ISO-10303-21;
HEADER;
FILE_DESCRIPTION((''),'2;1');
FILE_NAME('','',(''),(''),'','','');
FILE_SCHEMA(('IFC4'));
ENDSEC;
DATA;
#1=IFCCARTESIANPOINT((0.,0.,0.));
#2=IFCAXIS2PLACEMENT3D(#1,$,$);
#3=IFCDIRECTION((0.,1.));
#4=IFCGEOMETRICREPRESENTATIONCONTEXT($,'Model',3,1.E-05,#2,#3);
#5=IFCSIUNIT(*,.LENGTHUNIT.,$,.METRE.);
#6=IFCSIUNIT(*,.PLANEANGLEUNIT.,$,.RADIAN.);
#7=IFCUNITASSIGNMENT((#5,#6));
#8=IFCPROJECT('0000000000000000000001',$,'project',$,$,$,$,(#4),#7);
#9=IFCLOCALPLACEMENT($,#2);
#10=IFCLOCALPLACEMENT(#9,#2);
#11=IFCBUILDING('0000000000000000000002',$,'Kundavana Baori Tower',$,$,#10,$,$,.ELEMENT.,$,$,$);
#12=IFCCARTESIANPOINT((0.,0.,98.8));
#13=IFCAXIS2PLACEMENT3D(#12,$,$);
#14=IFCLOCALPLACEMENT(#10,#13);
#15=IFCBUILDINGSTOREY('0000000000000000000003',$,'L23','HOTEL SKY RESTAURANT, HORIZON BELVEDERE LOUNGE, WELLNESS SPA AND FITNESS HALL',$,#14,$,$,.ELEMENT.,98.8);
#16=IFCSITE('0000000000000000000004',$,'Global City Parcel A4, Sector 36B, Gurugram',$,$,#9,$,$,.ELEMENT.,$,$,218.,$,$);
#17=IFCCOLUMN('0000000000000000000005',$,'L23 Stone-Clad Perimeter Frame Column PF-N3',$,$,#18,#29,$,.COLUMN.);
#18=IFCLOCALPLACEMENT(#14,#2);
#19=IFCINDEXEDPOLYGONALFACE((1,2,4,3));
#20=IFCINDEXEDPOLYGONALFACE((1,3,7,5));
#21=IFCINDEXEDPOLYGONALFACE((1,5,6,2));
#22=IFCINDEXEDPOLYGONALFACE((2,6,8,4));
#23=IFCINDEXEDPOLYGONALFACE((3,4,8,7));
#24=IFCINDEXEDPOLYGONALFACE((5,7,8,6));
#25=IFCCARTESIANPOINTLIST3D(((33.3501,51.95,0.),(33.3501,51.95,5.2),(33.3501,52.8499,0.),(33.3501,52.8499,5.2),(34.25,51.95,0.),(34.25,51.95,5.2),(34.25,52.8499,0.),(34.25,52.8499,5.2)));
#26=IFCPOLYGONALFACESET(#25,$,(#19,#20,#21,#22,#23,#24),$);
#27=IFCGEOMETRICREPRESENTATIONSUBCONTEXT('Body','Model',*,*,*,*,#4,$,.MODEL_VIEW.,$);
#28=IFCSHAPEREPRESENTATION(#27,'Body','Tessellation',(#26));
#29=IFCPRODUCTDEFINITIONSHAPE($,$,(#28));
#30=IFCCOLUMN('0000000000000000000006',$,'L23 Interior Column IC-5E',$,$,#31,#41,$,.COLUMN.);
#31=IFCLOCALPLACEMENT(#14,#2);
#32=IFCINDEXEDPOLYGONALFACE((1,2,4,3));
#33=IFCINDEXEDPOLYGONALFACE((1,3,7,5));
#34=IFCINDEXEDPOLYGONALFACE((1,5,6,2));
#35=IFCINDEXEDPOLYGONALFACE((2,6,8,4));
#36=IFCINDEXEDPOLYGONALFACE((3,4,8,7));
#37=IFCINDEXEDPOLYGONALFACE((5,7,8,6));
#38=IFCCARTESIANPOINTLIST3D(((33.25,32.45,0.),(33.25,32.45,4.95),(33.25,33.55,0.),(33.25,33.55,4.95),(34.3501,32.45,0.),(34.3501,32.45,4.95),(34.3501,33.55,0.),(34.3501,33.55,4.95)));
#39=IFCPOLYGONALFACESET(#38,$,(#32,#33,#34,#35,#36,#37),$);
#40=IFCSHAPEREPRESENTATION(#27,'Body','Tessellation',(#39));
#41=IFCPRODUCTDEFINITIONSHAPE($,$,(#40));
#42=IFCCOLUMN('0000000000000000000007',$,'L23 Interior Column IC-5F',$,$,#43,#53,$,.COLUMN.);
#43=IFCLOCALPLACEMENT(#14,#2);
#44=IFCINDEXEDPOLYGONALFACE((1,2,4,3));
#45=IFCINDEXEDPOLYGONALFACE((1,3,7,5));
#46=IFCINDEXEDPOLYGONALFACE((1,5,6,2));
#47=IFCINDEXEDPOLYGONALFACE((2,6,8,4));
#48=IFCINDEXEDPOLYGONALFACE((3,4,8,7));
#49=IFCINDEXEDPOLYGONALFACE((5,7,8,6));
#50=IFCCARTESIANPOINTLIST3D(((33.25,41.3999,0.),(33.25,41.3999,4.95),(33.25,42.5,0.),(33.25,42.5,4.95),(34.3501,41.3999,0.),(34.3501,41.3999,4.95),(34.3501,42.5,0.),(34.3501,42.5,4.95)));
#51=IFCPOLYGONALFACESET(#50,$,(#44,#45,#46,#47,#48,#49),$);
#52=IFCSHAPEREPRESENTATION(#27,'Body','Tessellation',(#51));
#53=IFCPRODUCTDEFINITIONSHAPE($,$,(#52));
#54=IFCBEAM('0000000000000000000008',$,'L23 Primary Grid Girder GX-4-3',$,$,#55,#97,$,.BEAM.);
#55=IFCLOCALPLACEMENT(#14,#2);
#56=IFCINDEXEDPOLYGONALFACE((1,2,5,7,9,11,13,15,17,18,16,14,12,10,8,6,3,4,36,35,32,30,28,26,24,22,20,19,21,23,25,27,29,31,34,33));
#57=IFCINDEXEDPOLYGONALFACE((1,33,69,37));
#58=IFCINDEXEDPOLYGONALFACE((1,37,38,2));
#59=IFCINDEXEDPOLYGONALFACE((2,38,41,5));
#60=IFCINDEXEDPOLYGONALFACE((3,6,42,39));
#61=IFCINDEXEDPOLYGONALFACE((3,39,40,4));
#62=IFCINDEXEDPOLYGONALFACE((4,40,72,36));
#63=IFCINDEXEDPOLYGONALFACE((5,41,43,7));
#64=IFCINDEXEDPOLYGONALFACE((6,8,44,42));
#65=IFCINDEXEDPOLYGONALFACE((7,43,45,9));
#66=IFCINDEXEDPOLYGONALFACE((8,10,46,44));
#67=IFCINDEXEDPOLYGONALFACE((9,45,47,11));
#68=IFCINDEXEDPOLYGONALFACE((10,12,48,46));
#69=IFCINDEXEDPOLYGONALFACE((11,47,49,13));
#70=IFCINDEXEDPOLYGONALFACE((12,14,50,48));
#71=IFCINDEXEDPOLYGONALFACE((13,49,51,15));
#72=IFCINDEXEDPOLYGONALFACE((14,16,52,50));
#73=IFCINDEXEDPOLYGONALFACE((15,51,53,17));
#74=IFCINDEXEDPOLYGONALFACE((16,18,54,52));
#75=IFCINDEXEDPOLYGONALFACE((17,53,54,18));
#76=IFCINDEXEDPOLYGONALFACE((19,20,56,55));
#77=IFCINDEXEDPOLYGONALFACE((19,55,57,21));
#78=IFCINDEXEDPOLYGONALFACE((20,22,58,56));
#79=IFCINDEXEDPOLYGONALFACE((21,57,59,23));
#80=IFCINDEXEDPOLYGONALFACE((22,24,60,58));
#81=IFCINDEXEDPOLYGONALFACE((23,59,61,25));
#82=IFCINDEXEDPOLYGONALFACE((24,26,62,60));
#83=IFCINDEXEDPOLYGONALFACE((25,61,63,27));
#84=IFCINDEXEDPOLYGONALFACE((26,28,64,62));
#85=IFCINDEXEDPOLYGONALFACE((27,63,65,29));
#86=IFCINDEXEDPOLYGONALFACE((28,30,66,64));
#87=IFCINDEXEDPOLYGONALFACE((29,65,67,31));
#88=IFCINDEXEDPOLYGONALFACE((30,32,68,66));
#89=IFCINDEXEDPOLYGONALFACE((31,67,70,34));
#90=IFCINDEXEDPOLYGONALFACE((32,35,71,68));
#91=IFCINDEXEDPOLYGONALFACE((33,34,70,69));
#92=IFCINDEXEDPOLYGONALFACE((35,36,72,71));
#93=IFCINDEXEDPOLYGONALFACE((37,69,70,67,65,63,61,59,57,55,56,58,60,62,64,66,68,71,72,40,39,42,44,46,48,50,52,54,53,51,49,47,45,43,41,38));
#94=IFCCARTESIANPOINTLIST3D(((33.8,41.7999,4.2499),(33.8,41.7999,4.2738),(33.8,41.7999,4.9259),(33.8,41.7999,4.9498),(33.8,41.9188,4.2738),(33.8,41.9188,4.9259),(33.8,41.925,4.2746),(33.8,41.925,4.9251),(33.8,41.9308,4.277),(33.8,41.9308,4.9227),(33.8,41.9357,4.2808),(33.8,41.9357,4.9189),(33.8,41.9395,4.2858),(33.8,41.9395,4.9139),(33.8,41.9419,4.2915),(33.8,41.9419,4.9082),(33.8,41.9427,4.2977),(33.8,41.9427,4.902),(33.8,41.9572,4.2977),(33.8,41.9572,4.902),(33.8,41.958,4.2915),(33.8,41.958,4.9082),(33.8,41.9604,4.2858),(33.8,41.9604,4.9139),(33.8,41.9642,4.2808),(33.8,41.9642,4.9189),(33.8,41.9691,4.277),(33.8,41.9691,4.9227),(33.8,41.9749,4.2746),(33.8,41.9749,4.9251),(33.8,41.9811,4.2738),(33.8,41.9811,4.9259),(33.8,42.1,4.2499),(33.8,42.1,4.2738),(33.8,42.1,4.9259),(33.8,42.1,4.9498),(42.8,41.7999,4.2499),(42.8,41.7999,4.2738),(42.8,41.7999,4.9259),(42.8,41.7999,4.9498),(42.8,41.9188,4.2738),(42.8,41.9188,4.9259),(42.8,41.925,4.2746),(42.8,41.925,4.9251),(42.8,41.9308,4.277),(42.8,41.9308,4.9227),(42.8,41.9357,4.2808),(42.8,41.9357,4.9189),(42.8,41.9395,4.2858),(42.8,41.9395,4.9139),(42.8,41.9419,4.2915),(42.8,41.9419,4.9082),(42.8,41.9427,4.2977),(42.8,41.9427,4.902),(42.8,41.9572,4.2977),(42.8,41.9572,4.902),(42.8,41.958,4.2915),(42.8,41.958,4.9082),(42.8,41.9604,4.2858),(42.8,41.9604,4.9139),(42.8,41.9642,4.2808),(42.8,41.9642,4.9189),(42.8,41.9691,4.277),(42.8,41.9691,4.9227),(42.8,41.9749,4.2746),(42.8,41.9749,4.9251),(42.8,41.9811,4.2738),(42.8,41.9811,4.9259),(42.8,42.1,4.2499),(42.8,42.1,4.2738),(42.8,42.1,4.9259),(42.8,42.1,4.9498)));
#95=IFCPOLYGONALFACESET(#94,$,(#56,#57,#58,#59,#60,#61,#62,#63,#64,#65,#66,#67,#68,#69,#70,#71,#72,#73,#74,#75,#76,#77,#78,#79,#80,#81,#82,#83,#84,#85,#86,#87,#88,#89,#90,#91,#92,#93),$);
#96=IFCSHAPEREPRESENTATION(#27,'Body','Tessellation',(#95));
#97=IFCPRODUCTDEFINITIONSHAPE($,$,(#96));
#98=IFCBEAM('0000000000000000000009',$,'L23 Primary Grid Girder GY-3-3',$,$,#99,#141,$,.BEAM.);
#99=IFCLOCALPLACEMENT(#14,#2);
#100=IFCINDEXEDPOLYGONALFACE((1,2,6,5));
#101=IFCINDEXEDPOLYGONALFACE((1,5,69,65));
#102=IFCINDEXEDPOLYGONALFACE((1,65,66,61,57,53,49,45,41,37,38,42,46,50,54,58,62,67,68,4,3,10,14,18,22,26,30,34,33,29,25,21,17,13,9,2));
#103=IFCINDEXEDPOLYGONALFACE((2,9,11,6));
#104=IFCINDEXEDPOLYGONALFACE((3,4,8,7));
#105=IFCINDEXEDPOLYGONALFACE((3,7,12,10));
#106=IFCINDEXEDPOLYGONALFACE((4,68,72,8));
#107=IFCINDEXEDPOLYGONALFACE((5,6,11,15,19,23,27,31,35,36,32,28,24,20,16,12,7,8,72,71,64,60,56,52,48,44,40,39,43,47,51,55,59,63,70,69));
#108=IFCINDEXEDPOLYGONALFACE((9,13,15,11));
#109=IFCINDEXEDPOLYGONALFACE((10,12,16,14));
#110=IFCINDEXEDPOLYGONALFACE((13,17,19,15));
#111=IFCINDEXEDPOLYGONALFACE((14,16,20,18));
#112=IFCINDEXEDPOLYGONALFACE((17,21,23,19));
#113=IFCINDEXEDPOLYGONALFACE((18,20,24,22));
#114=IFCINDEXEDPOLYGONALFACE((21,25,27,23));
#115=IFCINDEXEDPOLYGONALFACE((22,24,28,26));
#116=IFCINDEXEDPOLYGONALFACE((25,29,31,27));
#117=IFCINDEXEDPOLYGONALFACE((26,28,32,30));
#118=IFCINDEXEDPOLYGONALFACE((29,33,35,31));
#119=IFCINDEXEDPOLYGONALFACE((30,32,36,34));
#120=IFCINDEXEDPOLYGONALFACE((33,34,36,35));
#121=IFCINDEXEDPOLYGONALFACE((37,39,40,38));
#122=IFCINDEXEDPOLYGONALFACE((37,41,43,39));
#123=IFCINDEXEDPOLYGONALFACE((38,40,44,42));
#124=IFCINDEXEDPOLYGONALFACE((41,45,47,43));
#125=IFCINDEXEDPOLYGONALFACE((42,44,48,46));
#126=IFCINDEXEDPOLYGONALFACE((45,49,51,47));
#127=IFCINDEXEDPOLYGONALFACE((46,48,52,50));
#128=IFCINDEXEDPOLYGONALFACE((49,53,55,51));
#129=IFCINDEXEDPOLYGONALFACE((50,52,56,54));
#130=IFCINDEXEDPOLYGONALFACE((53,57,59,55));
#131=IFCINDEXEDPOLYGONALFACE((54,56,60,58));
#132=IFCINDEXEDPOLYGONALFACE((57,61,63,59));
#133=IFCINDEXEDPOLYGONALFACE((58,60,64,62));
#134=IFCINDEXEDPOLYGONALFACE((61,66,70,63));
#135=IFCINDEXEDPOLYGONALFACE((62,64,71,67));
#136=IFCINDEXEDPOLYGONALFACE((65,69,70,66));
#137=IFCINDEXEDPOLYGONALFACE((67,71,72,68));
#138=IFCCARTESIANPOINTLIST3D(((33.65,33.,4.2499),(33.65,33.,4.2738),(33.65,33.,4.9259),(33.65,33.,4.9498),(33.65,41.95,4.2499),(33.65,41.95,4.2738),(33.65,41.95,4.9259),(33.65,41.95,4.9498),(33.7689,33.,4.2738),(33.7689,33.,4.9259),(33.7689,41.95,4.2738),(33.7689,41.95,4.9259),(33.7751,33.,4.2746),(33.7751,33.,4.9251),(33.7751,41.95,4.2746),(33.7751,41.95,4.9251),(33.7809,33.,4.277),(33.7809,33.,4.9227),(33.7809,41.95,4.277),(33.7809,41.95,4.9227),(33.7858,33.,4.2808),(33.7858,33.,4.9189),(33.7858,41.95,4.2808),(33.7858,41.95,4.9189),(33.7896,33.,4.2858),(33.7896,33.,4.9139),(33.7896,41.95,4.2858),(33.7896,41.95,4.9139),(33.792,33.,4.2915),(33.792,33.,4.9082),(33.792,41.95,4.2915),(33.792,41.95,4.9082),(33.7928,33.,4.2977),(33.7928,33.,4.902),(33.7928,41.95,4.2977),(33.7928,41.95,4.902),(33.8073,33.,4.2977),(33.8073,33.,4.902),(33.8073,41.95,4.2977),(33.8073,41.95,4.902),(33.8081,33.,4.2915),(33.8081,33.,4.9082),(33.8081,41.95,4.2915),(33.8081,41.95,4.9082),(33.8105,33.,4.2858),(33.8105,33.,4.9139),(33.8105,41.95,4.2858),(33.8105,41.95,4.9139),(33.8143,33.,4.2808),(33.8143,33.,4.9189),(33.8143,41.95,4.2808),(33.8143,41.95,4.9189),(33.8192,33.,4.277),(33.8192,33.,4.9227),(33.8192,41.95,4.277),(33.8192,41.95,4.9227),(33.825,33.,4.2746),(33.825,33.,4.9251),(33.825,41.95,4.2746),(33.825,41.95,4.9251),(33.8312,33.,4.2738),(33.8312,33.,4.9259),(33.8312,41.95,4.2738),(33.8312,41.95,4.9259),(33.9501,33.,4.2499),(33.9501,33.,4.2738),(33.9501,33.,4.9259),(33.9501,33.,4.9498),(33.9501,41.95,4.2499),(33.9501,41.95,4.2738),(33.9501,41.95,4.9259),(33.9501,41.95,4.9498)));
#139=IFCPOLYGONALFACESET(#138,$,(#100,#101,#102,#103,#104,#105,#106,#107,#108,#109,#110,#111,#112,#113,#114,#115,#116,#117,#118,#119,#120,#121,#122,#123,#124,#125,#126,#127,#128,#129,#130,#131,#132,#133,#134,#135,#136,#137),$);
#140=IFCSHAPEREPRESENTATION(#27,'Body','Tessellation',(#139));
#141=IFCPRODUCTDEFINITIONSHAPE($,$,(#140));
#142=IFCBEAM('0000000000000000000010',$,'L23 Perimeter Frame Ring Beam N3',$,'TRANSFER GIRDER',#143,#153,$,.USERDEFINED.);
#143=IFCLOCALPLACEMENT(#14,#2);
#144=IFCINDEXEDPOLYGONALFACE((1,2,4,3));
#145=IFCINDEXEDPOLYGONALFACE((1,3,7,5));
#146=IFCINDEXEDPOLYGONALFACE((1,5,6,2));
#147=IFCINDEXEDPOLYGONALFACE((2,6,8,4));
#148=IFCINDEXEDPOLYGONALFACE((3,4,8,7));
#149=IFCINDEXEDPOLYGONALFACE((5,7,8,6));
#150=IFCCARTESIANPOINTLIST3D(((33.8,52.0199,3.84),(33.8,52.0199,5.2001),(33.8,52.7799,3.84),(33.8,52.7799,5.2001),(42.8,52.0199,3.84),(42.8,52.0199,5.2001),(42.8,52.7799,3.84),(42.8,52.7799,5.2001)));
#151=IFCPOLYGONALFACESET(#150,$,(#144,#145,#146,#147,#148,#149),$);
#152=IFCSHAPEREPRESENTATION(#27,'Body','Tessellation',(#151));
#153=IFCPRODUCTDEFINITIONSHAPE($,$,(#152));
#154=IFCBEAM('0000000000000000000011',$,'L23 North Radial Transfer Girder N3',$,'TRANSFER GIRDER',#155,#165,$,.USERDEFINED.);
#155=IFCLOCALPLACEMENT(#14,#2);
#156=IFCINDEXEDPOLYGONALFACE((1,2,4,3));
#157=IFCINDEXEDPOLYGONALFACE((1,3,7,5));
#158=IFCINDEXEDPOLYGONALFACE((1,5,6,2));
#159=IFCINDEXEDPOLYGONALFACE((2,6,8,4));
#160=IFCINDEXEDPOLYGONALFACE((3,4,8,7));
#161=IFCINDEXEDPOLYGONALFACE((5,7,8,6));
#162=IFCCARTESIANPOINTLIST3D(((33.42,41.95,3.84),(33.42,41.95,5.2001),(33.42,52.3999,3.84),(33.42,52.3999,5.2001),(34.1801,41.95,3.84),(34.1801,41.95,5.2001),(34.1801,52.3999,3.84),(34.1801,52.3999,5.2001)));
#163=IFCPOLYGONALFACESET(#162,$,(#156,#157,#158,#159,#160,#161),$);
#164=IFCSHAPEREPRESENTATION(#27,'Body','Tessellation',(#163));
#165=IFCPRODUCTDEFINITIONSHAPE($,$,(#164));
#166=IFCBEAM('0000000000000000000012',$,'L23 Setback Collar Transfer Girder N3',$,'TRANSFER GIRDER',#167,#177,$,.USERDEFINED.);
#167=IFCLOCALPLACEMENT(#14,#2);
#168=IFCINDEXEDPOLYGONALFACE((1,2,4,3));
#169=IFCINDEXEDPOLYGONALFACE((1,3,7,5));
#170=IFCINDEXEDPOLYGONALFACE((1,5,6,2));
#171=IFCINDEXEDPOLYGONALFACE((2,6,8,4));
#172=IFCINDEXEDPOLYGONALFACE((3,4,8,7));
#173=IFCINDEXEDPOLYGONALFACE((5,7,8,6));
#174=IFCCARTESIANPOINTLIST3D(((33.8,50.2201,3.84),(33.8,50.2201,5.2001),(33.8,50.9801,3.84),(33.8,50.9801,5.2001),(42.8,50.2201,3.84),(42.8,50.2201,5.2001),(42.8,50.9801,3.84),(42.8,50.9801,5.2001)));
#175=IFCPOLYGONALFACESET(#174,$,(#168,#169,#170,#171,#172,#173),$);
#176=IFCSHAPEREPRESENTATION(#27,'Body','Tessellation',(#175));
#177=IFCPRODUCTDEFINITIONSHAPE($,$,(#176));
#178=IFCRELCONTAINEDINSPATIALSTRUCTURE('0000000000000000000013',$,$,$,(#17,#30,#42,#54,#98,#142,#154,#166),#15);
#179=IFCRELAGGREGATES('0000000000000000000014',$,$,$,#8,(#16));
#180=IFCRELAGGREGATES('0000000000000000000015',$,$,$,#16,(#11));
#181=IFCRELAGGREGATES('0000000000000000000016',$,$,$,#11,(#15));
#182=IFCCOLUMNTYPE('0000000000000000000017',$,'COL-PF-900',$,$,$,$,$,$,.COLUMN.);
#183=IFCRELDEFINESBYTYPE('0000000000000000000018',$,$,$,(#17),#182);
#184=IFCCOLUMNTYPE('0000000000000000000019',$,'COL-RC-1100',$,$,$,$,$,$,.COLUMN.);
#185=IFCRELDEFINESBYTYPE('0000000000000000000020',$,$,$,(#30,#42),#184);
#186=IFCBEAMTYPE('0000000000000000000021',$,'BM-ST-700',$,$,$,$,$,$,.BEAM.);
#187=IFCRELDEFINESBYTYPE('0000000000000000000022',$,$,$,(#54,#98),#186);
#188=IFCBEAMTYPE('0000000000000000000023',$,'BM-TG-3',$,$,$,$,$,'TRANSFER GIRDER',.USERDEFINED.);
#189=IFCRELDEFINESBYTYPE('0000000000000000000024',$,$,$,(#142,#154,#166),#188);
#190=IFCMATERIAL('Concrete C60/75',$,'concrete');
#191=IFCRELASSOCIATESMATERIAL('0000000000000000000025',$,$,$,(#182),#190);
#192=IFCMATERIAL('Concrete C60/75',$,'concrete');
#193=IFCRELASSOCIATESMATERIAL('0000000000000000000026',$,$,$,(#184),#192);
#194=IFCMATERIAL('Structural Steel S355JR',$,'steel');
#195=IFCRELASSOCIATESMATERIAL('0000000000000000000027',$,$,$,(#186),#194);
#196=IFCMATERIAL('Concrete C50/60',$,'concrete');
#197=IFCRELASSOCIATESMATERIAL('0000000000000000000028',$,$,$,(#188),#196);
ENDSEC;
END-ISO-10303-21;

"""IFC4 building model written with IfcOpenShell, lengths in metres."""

from ifc_helpers import new_model, si_unit, direction, frame, origin, origin_2d, place, context, subcontext, project, spatial, rectangle, i_section, extrude, material, material_profile, profile_set, type_object, element, save


model = new_model("IFC4")

# Units and contexts
model_context = context("Model", 3, precision=1e-05, world=origin(), true_north=direction((0.0, 1.0)))
body_context = subcontext(model_context, "Body", "Model", "MODEL_VIEW")
ifc_project = project(units=[si_unit("LENGTHUNIT", "METRE"), si_unit("PLANEANGLEUNIT", "RADIAN")], contexts=[model_context])

# Site, building, storey
site_placement = place(None, origin())
site = spatial("IfcSite", under=ifc_project, at=site_placement, Name="Global City Parcel A4, Sector 36B, Gurugram", CompositionType="ELEMENT", RefElevation=218.0)
building_placement = place(site_placement, origin())
building = spatial("IfcBuilding", under=site, at=building_placement, Name="Kundavana Baori Tower", CompositionType="ELEMENT")
storey_placement = place(building_placement, frame((0.0, 0.0, 98.8)))
storey = spatial("IfcBuildingStorey", under=building, at=storey_placement, Name="L23", Description="HOTEL SKY RESTAURANT, HORIZON BELVEDERE LOUNGE, WELLNESS SPA AND FITNESS HALL", CompositionType="ELEMENT", Elevation=98.8)

# Columns
ifc_material_1 = material(Name="Concrete C60/75", Category="concrete")
ifc_material_profile_1 = material_profile(ifc_material_1, rectangle(XDim=0.8999, YDim=0.8999, at=origin_2d()), Name="RC PF 900x900")
ifc_profile_set_1 = profile_set([ifc_material_profile_1], Name="Concrete C60/75")
column_type_1 = type_object("IfcColumnType", Name="COL-PF-900", PredefinedType="COLUMN", material=ifc_profile_set_1)
column_placement = place(storey_placement, frame((33.8, 52.3999, 0.0), z_axis=(0.0, 0.0, 1.0), x_axis=(1.0, 0.0, 0.0)))
element("IfcColumn", 1, at=column_placement, inside=storey, type_object=column_type_1, Name="L23 Stone-Clad Perimeter Frame Column PF-N3", PredefinedType="COLUMN", context=body_context, shape_type="SweptSolid", body=[
    extrude(rectangle(XDim=0.8999, YDim=0.8999, at=origin_2d()), origin(), (0.0, 0.0, 1.0), 5.2),
])
ifc_material_2 = material(Name="Concrete C60/75", Category="concrete")
ifc_material_profile_2 = material_profile(ifc_material_2, rectangle(XDim=1.1001, YDim=1.1001, at=origin_2d()), Name="RC 1100x1100")
ifc_profile_set_2 = profile_set([ifc_material_profile_2], Name="Concrete C60/75")
column_type_2 = type_object("IfcColumnType", Name="COL-RC-1100", PredefinedType="COLUMN", material=ifc_profile_set_2)
for number, where, z_axis, x_axis, name in (
    (2, (33.8, 33.0, 0.0), (0.0, 0.0, 1.0), (1.0, 0.0, 0.0), "L23 Interior Column IC-5E"),
    (3, (33.8, 41.95, 0.0), (0.0, 0.0, 1.0), (1.0, 0.0, 0.0), "L23 Interior Column IC-5F"),
):
    element("IfcColumn", number, at=place(storey_placement, frame(where, z_axis=z_axis, x_axis=x_axis)), inside=storey, type_object=column_type_2, Name=name, PredefinedType="COLUMN", context=body_context, shape_type="SweptSolid", body=[
        extrude(rectangle(XDim=1.1001, YDim=1.1001, at=origin_2d()), origin(), (0.0, 0.0, 1.0), 4.95),
    ])

# Beams
ifc_material_3 = material(Name="Structural Steel S355JR", Category="steel")
ifc_material_profile_3 = material_profile(ifc_material_3, i_section(OverallWidth=0.3, OverallDepth=0.7, WebThickness=0.0144, FlangeThickness=0.0239, FilletRadius=0.0239, at=origin_2d()), Name="NPB 700x300x170")
ifc_profile_set_3 = profile_set([ifc_material_profile_3], Name="Structural Steel S355JR")
beam_type_1 = type_object("IfcBeamType", Name="BM-ST-700", PredefinedType="BEAM", material=ifc_profile_set_3)
beam_1_placement = place(storey_placement, frame((33.8, 41.95, 4.5999), z_axis=(1.0, 0.0, 0.0), x_axis=(0.0, 1.0, 0.0)))
element("IfcBeam", 4, at=beam_1_placement, inside=storey, type_object=beam_type_1, Name="L23 Primary Grid Girder GX-4-3", PredefinedType="BEAM", context=body_context, shape_type="SweptSolid", body=[
    extrude(i_section(OverallWidth=0.3, OverallDepth=0.7, WebThickness=0.0144, FlangeThickness=0.0239, FilletRadius=0.0239, at=origin_2d()), origin(), (0.0, 0.0, 1.0), 9.0),
])
beam_2_placement = place(storey_placement, frame((33.8, 33.0, 4.5999), z_axis=(0.0, 1.0, 0.0), x_axis=(-1.0, 0.0, 0.0)))
element("IfcBeam", 5, at=beam_2_placement, inside=storey, type_object=beam_type_1, Name="L23 Primary Grid Girder GY-3-3", PredefinedType="BEAM", context=body_context, shape_type="SweptSolid", body=[
    extrude(i_section(OverallWidth=0.3, OverallDepth=0.7, WebThickness=0.0144, FlangeThickness=0.0239, FilletRadius=0.0239, at=origin_2d()), origin(), (0.0, 0.0, 1.0), 8.95),
])
ifc_material_4 = material(Name="Concrete C50/60", Category="concrete")
ifc_material_profile_4 = material_profile(ifc_material_4, rectangle(XDim=0.76, YDim=1.3601, at=origin_2d()), Name="BM-TG-3")
ifc_profile_set_4 = profile_set([ifc_material_profile_4], Name="Concrete C50/60")
beam_type_2 = type_object("IfcBeamType", Name="BM-TG-3", ElementType="TRANSFER GIRDER", PredefinedType="USERDEFINED", material=ifc_profile_set_4)
beam_3_placement = place(storey_placement, frame((33.8, 52.3999, 4.52), z_axis=(1.0, 0.0, 0.0), x_axis=(0.0, 1.0, 0.0)))
element("IfcBeam", 6, at=beam_3_placement, inside=storey, type_object=beam_type_2, Name="L23 Perimeter Frame Ring Beam N3", ObjectType="TRANSFER GIRDER", PredefinedType="USERDEFINED", context=body_context, shape_type="SweptSolid", body=[
    extrude(rectangle(XDim=0.76, YDim=1.3601, at=origin_2d()), origin(), (0.0, 0.0, 1.0), 9.0),
])
beam_4_placement = place(storey_placement, frame((33.8, 41.95, 4.52), z_axis=(0.0, 1.0, 0.0), x_axis=(-1.0, 0.0, 0.0)))
element("IfcBeam", 7, at=beam_4_placement, inside=storey, type_object=beam_type_2, Name="L23 North Radial Transfer Girder N3", ObjectType="TRANSFER GIRDER", PredefinedType="USERDEFINED", context=body_context, shape_type="SweptSolid", body=[
    extrude(rectangle(XDim=0.76, YDim=1.3601, at=origin_2d()), origin(), (0.0, 0.0, 1.0), 10.45),
])
beam_5_placement = place(storey_placement, frame((33.8, 50.6001, 4.52), z_axis=(1.0, 0.0, 0.0), x_axis=(0.0, 1.0, 0.0)))
element("IfcBeam", 8, at=beam_5_placement, inside=storey, type_object=beam_type_2, Name="L23 Setback Collar Transfer Girder N3", ObjectType="TRANSFER GIRDER", PredefinedType="USERDEFINED", context=body_context, shape_type="SweptSolid", body=[
    extrude(rectangle(XDim=0.76, YDim=1.3601, at=origin_2d()), origin(), (0.0, 0.0, 1.0), 9.0),
])

save(model, "model.ifc")
